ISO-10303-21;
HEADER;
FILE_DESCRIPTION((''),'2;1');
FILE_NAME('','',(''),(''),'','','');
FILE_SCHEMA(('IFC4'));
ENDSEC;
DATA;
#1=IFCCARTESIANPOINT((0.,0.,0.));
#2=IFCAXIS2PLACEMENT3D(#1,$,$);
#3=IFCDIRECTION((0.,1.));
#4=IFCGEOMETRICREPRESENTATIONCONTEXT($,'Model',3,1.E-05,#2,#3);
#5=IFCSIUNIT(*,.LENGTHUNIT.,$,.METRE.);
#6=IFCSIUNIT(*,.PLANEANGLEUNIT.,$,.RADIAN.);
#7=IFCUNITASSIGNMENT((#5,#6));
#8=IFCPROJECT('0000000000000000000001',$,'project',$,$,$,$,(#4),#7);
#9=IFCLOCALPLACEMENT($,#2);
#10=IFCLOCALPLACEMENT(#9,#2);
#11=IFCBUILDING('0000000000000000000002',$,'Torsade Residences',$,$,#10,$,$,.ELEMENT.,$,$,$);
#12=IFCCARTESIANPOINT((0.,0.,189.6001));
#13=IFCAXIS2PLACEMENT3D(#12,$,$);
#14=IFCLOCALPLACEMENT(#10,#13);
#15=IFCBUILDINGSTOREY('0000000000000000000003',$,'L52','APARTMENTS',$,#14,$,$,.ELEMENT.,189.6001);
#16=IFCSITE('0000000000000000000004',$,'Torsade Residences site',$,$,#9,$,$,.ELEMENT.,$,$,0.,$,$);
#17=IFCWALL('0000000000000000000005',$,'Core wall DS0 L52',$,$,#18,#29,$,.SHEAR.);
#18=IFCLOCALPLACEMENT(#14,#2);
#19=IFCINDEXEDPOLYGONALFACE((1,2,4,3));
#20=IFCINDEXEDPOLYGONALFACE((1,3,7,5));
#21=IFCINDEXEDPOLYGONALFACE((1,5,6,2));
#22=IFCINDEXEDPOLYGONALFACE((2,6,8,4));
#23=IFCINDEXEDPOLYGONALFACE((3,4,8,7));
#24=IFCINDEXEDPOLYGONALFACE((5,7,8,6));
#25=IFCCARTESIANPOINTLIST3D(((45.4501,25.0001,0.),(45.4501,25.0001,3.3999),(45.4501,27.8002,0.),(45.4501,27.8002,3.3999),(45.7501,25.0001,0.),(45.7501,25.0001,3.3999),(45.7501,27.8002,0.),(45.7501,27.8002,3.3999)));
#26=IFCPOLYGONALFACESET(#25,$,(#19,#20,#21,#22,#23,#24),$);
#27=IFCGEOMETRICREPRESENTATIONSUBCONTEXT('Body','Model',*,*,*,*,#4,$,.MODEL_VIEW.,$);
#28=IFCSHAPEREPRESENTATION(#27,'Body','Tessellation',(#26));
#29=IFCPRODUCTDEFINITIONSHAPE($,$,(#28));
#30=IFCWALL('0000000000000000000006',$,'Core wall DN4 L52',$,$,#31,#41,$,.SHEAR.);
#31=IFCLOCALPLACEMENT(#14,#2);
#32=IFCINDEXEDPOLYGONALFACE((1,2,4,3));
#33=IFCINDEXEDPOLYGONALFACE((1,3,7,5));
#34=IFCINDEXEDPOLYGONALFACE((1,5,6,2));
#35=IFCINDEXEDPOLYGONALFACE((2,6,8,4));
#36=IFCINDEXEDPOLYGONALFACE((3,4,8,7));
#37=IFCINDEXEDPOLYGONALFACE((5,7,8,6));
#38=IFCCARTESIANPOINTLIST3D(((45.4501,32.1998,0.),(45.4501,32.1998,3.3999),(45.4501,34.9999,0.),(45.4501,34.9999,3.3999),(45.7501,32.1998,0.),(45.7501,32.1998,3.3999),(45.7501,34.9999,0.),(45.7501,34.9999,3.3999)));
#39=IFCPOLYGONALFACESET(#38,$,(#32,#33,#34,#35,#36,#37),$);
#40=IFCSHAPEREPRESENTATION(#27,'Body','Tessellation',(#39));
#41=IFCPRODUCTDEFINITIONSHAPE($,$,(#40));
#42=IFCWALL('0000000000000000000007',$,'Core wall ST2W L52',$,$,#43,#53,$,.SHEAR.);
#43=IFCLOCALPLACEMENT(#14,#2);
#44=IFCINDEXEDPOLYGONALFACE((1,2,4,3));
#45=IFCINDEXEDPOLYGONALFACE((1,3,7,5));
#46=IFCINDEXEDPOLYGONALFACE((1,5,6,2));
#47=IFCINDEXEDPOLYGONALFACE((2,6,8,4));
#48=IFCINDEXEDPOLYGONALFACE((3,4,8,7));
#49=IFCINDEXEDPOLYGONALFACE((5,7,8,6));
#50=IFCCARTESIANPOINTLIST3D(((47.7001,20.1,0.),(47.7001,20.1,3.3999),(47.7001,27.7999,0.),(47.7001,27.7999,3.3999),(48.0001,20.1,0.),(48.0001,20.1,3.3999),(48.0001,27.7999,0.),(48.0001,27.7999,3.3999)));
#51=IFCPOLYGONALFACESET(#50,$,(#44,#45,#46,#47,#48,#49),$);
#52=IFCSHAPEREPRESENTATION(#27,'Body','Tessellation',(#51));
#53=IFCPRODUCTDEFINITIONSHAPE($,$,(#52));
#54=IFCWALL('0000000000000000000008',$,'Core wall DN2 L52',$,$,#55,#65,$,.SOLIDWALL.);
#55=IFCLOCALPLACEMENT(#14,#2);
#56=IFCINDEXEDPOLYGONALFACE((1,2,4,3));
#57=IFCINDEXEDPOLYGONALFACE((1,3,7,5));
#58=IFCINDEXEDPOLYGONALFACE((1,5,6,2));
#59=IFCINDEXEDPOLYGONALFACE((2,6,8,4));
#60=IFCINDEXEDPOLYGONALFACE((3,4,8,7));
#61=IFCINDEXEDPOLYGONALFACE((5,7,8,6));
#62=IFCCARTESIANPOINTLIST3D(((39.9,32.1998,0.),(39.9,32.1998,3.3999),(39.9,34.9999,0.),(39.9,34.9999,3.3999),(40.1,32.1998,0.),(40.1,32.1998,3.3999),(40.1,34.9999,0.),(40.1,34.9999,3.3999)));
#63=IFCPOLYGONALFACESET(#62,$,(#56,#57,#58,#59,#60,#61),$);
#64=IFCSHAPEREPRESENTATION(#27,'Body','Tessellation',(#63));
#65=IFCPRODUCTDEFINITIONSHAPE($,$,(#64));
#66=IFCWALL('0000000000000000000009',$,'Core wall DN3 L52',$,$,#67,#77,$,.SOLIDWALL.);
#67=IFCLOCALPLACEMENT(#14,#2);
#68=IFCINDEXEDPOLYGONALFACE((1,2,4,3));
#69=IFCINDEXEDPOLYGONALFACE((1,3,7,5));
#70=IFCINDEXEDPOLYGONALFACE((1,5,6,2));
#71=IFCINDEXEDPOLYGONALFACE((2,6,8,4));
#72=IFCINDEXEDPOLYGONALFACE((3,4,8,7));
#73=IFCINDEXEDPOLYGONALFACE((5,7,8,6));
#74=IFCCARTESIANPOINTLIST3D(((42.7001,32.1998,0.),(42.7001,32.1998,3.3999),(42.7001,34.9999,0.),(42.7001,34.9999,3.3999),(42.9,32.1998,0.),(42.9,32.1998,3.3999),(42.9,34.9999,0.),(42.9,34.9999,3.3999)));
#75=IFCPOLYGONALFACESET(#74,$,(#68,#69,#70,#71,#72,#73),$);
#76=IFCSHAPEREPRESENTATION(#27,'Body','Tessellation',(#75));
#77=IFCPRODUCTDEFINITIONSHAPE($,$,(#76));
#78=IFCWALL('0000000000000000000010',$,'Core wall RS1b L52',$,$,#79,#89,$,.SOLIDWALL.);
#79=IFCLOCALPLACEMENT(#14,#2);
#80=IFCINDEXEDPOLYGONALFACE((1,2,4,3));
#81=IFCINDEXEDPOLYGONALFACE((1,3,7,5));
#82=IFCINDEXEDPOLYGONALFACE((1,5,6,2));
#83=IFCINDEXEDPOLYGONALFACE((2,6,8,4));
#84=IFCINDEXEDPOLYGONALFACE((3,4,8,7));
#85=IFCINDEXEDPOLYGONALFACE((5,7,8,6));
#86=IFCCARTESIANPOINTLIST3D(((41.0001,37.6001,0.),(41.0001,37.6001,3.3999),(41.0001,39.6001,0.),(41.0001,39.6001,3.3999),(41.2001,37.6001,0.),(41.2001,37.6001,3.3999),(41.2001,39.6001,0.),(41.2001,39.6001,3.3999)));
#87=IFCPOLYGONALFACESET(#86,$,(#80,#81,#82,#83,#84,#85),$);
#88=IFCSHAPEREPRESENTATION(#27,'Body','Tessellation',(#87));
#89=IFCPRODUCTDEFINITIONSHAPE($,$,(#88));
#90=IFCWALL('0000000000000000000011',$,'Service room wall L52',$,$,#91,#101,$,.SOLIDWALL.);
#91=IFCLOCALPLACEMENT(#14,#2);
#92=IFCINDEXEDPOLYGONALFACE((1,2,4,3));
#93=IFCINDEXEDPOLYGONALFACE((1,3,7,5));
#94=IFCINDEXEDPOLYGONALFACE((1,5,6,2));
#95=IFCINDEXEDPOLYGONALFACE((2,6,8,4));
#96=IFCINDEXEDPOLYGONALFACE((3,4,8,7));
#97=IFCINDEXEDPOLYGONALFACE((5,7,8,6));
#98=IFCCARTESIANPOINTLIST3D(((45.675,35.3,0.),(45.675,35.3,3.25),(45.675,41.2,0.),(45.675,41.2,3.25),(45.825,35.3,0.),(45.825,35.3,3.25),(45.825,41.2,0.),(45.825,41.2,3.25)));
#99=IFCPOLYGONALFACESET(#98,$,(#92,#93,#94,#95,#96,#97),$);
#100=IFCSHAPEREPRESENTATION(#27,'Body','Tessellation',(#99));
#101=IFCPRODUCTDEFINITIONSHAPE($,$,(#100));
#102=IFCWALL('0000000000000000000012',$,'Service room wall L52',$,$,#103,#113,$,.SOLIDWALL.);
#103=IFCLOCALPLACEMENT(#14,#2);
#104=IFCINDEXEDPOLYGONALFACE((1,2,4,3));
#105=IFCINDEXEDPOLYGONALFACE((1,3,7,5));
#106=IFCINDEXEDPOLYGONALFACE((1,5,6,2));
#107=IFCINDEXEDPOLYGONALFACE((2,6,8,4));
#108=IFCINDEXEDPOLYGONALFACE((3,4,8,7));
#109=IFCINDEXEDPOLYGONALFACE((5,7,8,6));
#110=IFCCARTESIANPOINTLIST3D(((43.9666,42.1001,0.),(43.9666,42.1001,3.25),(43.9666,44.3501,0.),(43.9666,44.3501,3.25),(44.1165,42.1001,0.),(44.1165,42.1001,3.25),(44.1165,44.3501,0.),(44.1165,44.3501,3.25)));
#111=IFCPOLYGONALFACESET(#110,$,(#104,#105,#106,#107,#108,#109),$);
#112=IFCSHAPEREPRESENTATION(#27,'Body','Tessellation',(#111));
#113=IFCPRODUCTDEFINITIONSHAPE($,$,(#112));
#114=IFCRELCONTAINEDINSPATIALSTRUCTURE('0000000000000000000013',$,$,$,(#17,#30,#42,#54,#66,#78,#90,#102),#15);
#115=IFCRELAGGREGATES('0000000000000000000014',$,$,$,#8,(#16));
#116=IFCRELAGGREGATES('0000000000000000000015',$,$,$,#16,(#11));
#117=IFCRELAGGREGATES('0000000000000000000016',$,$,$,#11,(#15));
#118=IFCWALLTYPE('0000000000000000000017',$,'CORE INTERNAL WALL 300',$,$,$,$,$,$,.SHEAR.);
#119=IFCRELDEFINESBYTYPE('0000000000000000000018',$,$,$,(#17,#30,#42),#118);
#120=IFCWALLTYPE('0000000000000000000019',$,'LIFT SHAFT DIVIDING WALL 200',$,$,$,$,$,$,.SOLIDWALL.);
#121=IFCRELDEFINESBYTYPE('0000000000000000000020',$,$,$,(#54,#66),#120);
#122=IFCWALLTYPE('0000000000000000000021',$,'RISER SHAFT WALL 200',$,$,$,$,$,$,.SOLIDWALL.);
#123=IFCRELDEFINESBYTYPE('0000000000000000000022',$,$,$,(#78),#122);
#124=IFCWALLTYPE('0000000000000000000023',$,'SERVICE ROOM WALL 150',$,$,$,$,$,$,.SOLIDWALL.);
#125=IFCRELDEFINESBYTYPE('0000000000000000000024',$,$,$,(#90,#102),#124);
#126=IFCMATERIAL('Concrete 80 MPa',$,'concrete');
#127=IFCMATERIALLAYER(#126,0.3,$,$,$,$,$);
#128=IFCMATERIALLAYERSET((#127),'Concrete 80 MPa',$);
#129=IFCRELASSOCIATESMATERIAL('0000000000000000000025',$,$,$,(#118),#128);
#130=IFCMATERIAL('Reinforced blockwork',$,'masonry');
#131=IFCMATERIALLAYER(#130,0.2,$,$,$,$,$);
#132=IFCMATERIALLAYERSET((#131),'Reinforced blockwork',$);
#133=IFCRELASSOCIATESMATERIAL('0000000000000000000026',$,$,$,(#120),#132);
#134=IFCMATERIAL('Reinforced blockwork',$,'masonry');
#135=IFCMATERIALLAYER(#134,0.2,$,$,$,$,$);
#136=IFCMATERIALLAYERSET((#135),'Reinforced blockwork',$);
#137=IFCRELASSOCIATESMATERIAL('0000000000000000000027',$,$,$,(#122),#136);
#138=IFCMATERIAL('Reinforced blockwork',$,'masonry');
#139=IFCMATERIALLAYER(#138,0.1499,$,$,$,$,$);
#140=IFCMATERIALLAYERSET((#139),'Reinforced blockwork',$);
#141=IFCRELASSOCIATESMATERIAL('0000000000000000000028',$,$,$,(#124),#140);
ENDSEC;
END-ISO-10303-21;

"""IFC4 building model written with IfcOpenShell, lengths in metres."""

from ifc_helpers import new_model, si_unit, direction, frame, frame_2d, origin, place, context, subcontext, project, spatial, rectangle, extrude, material, layer, layer_set, type_object, element, save


model = new_model("IFC4")

# Units and contexts
model_context = context("Model", 3, precision=1e-05, world=origin(), true_north=direction((0.0, 1.0)))
body_context = subcontext(model_context, "Body", "Model", "MODEL_VIEW")
ifc_project = project(units=[si_unit("LENGTHUNIT", "METRE"), si_unit("PLANEANGLEUNIT", "RADIAN")], contexts=[model_context])

# Site, building, storey
site_placement = place(None, origin())
site = spatial("IfcSite", under=ifc_project, at=site_placement, Name="Torsade Residences site", CompositionType="ELEMENT", RefElevation=0.0)
building_placement = place(site_placement, origin())
building = spatial("IfcBuilding", under=site, at=building_placement, Name="Torsade Residences", CompositionType="ELEMENT")
storey_placement = place(building_placement, frame((0.0, 0.0, 189.6001)))
storey = spatial("IfcBuildingStorey", under=building, at=storey_placement, Name="L52", Description="APARTMENTS", CompositionType="ELEMENT", Elevation=189.6001)

# Walls
ifc_material_1 = material(Name="Concrete 80 MPa", Category="concrete")
ifc_layer_1 = layer(ifc_material_1, 0.3)
ifc_layer_set_1 = layer_set([ifc_layer_1], Name="Concrete 80 MPa")
wall_type_1 = type_object("IfcWallType", Name="CORE INTERNAL WALL 300", PredefinedType="SHEAR", material=ifc_layer_set_1)
for number, where, z_axis, x_axis, name in (
    (1, (45.6001, 27.8, 0.0), (0.0, 0.0, 1.0), (0.0, -1.0, 0.0), "Core wall DS0 L52"),
    (2, (45.6001, 32.2, 0.0), (0.0, 0.0, 1.0), (0.0, 1.0, 0.0), "Core wall DN4 L52"),
):
    element("IfcWall", number, at=place(storey_placement, frame(where, z_axis=z_axis, x_axis=x_axis)), inside=storey, type_object=wall_type_1, Name=name, PredefinedType="SHEAR", context=body_context, shape_type="SweptSolid", body=[
        extrude(rectangle(XDim=2.8, YDim=0.3, at=frame_2d((1.3999, 0.0))), origin(), (0.0, 0.0, 1.0), 3.3999),
    ])
wall_1_placement = place(storey_placement, frame((47.8501, 27.8, 0.0), z_axis=(0.0, 0.0, 1.0), x_axis=(0.0, -1.0, 0.0)))
element("IfcWall", 3, at=wall_1_placement, inside=storey, type_object=wall_type_1, Name="Core wall ST2W L52", PredefinedType="SHEAR", context=body_context, shape_type="SweptSolid", body=[
    extrude(rectangle(XDim=7.7, YDim=0.3, at=frame_2d((3.8501, 0.0))), origin(), (0.0, 0.0, 1.0), 3.3999),
])
ifc_material_2 = material(Name="Reinforced blockwork", Category="masonry")
ifc_layer_2 = layer(ifc_material_2, 0.2)
ifc_layer_set_2 = layer_set([ifc_layer_2], Name="Reinforced blockwork")
wall_type_2 = type_object("IfcWallType", Name="LIFT SHAFT DIVIDING WALL 200", PredefinedType="SOLIDWALL", material=ifc_layer_set_2)
for number, where, z_axis, x_axis, name in (
    (4, (40.0, 32.2, 0.0), (0.0, 0.0, 1.0), (0.0, 1.0, 0.0), "Core wall DN2 L52"),
    (5, (42.8, 32.2, 0.0), (0.0, 0.0, 1.0), (0.0, 1.0, 0.0), "Core wall DN3 L52"),
):
    element("IfcWall", number, at=place(storey_placement, frame(where, z_axis=z_axis, x_axis=x_axis)), inside=storey, type_object=wall_type_2, Name=name, PredefinedType="SOLIDWALL", context=body_context, shape_type="SweptSolid", body=[
        extrude(rectangle(XDim=2.8, YDim=0.2, at=frame_2d((1.3999, 0.0))), origin(), (0.0, 0.0, 1.0), 3.3999),
    ])
ifc_material_3 = material(Name="Reinforced blockwork", Category="masonry")
ifc_layer_3 = layer(ifc_material_3, 0.2)
ifc_layer_set_3 = layer_set([ifc_layer_3], Name="Reinforced blockwork")
wall_type_3 = type_object("IfcWallType", Name="RISER SHAFT WALL 200", PredefinedType="SOLIDWALL", material=ifc_layer_set_3)
wall_2_placement = place(storey_placement, frame((41.1001, 37.6001, 0.0), z_axis=(0.0, 0.0, 1.0), x_axis=(0.0, 1.0, 0.0)))
element("IfcWall", 6, at=wall_2_placement, inside=storey, type_object=wall_type_3, Name="Core wall RS1b L52", PredefinedType="SOLIDWALL", context=body_context, shape_type="SweptSolid", body=[
    extrude(rectangle(XDim=2.0, YDim=0.2, at=frame_2d((1.0, 0.0))), origin(), (0.0, 0.0, 1.0), 3.3999),
])
ifc_material_4 = material(Name="Reinforced blockwork", Category="masonry")
ifc_layer_4 = layer(ifc_material_4, 0.1499)
ifc_layer_set_4 = layer_set([ifc_layer_4], Name="Reinforced blockwork")
wall_type_4 = type_object("IfcWallType", Name="SERVICE ROOM WALL 150", PredefinedType="SOLIDWALL", material=ifc_layer_set_4)
wall_3_placement = place(storey_placement, frame((45.75, 41.2, 0.0), z_axis=(0.0, 0.0, 1.0), x_axis=(0.0, -1.0, 0.0)))
element("IfcWall", 7, at=wall_3_placement, inside=storey, type_object=wall_type_4, Name="Service room wall L52", PredefinedType="SOLIDWALL", context=body_context, shape_type="SweptSolid", body=[
    extrude(rectangle(XDim=5.8999, YDim=0.1499, at=frame_2d((2.95, 0.0))), origin(), (0.0, 0.0, 1.0), 3.25),
])
wall_4_placement = place(storey_placement, frame((44.0415, 42.1001, 0.0), z_axis=(0.0, 0.0, 1.0), x_axis=(0.0, 1.0, 0.0)))
element("IfcWall", 8, at=wall_4_placement, inside=storey, type_object=wall_type_4, Name="Service room wall L52", PredefinedType="SOLIDWALL", context=body_context, shape_type="SweptSolid", body=[
    extrude(rectangle(XDim=2.25, YDim=0.1499, at=frame_2d((1.125, 0.0))), origin(), (0.0, 0.0, 1.0), 3.25),
])

save(model, "model.ifc")
